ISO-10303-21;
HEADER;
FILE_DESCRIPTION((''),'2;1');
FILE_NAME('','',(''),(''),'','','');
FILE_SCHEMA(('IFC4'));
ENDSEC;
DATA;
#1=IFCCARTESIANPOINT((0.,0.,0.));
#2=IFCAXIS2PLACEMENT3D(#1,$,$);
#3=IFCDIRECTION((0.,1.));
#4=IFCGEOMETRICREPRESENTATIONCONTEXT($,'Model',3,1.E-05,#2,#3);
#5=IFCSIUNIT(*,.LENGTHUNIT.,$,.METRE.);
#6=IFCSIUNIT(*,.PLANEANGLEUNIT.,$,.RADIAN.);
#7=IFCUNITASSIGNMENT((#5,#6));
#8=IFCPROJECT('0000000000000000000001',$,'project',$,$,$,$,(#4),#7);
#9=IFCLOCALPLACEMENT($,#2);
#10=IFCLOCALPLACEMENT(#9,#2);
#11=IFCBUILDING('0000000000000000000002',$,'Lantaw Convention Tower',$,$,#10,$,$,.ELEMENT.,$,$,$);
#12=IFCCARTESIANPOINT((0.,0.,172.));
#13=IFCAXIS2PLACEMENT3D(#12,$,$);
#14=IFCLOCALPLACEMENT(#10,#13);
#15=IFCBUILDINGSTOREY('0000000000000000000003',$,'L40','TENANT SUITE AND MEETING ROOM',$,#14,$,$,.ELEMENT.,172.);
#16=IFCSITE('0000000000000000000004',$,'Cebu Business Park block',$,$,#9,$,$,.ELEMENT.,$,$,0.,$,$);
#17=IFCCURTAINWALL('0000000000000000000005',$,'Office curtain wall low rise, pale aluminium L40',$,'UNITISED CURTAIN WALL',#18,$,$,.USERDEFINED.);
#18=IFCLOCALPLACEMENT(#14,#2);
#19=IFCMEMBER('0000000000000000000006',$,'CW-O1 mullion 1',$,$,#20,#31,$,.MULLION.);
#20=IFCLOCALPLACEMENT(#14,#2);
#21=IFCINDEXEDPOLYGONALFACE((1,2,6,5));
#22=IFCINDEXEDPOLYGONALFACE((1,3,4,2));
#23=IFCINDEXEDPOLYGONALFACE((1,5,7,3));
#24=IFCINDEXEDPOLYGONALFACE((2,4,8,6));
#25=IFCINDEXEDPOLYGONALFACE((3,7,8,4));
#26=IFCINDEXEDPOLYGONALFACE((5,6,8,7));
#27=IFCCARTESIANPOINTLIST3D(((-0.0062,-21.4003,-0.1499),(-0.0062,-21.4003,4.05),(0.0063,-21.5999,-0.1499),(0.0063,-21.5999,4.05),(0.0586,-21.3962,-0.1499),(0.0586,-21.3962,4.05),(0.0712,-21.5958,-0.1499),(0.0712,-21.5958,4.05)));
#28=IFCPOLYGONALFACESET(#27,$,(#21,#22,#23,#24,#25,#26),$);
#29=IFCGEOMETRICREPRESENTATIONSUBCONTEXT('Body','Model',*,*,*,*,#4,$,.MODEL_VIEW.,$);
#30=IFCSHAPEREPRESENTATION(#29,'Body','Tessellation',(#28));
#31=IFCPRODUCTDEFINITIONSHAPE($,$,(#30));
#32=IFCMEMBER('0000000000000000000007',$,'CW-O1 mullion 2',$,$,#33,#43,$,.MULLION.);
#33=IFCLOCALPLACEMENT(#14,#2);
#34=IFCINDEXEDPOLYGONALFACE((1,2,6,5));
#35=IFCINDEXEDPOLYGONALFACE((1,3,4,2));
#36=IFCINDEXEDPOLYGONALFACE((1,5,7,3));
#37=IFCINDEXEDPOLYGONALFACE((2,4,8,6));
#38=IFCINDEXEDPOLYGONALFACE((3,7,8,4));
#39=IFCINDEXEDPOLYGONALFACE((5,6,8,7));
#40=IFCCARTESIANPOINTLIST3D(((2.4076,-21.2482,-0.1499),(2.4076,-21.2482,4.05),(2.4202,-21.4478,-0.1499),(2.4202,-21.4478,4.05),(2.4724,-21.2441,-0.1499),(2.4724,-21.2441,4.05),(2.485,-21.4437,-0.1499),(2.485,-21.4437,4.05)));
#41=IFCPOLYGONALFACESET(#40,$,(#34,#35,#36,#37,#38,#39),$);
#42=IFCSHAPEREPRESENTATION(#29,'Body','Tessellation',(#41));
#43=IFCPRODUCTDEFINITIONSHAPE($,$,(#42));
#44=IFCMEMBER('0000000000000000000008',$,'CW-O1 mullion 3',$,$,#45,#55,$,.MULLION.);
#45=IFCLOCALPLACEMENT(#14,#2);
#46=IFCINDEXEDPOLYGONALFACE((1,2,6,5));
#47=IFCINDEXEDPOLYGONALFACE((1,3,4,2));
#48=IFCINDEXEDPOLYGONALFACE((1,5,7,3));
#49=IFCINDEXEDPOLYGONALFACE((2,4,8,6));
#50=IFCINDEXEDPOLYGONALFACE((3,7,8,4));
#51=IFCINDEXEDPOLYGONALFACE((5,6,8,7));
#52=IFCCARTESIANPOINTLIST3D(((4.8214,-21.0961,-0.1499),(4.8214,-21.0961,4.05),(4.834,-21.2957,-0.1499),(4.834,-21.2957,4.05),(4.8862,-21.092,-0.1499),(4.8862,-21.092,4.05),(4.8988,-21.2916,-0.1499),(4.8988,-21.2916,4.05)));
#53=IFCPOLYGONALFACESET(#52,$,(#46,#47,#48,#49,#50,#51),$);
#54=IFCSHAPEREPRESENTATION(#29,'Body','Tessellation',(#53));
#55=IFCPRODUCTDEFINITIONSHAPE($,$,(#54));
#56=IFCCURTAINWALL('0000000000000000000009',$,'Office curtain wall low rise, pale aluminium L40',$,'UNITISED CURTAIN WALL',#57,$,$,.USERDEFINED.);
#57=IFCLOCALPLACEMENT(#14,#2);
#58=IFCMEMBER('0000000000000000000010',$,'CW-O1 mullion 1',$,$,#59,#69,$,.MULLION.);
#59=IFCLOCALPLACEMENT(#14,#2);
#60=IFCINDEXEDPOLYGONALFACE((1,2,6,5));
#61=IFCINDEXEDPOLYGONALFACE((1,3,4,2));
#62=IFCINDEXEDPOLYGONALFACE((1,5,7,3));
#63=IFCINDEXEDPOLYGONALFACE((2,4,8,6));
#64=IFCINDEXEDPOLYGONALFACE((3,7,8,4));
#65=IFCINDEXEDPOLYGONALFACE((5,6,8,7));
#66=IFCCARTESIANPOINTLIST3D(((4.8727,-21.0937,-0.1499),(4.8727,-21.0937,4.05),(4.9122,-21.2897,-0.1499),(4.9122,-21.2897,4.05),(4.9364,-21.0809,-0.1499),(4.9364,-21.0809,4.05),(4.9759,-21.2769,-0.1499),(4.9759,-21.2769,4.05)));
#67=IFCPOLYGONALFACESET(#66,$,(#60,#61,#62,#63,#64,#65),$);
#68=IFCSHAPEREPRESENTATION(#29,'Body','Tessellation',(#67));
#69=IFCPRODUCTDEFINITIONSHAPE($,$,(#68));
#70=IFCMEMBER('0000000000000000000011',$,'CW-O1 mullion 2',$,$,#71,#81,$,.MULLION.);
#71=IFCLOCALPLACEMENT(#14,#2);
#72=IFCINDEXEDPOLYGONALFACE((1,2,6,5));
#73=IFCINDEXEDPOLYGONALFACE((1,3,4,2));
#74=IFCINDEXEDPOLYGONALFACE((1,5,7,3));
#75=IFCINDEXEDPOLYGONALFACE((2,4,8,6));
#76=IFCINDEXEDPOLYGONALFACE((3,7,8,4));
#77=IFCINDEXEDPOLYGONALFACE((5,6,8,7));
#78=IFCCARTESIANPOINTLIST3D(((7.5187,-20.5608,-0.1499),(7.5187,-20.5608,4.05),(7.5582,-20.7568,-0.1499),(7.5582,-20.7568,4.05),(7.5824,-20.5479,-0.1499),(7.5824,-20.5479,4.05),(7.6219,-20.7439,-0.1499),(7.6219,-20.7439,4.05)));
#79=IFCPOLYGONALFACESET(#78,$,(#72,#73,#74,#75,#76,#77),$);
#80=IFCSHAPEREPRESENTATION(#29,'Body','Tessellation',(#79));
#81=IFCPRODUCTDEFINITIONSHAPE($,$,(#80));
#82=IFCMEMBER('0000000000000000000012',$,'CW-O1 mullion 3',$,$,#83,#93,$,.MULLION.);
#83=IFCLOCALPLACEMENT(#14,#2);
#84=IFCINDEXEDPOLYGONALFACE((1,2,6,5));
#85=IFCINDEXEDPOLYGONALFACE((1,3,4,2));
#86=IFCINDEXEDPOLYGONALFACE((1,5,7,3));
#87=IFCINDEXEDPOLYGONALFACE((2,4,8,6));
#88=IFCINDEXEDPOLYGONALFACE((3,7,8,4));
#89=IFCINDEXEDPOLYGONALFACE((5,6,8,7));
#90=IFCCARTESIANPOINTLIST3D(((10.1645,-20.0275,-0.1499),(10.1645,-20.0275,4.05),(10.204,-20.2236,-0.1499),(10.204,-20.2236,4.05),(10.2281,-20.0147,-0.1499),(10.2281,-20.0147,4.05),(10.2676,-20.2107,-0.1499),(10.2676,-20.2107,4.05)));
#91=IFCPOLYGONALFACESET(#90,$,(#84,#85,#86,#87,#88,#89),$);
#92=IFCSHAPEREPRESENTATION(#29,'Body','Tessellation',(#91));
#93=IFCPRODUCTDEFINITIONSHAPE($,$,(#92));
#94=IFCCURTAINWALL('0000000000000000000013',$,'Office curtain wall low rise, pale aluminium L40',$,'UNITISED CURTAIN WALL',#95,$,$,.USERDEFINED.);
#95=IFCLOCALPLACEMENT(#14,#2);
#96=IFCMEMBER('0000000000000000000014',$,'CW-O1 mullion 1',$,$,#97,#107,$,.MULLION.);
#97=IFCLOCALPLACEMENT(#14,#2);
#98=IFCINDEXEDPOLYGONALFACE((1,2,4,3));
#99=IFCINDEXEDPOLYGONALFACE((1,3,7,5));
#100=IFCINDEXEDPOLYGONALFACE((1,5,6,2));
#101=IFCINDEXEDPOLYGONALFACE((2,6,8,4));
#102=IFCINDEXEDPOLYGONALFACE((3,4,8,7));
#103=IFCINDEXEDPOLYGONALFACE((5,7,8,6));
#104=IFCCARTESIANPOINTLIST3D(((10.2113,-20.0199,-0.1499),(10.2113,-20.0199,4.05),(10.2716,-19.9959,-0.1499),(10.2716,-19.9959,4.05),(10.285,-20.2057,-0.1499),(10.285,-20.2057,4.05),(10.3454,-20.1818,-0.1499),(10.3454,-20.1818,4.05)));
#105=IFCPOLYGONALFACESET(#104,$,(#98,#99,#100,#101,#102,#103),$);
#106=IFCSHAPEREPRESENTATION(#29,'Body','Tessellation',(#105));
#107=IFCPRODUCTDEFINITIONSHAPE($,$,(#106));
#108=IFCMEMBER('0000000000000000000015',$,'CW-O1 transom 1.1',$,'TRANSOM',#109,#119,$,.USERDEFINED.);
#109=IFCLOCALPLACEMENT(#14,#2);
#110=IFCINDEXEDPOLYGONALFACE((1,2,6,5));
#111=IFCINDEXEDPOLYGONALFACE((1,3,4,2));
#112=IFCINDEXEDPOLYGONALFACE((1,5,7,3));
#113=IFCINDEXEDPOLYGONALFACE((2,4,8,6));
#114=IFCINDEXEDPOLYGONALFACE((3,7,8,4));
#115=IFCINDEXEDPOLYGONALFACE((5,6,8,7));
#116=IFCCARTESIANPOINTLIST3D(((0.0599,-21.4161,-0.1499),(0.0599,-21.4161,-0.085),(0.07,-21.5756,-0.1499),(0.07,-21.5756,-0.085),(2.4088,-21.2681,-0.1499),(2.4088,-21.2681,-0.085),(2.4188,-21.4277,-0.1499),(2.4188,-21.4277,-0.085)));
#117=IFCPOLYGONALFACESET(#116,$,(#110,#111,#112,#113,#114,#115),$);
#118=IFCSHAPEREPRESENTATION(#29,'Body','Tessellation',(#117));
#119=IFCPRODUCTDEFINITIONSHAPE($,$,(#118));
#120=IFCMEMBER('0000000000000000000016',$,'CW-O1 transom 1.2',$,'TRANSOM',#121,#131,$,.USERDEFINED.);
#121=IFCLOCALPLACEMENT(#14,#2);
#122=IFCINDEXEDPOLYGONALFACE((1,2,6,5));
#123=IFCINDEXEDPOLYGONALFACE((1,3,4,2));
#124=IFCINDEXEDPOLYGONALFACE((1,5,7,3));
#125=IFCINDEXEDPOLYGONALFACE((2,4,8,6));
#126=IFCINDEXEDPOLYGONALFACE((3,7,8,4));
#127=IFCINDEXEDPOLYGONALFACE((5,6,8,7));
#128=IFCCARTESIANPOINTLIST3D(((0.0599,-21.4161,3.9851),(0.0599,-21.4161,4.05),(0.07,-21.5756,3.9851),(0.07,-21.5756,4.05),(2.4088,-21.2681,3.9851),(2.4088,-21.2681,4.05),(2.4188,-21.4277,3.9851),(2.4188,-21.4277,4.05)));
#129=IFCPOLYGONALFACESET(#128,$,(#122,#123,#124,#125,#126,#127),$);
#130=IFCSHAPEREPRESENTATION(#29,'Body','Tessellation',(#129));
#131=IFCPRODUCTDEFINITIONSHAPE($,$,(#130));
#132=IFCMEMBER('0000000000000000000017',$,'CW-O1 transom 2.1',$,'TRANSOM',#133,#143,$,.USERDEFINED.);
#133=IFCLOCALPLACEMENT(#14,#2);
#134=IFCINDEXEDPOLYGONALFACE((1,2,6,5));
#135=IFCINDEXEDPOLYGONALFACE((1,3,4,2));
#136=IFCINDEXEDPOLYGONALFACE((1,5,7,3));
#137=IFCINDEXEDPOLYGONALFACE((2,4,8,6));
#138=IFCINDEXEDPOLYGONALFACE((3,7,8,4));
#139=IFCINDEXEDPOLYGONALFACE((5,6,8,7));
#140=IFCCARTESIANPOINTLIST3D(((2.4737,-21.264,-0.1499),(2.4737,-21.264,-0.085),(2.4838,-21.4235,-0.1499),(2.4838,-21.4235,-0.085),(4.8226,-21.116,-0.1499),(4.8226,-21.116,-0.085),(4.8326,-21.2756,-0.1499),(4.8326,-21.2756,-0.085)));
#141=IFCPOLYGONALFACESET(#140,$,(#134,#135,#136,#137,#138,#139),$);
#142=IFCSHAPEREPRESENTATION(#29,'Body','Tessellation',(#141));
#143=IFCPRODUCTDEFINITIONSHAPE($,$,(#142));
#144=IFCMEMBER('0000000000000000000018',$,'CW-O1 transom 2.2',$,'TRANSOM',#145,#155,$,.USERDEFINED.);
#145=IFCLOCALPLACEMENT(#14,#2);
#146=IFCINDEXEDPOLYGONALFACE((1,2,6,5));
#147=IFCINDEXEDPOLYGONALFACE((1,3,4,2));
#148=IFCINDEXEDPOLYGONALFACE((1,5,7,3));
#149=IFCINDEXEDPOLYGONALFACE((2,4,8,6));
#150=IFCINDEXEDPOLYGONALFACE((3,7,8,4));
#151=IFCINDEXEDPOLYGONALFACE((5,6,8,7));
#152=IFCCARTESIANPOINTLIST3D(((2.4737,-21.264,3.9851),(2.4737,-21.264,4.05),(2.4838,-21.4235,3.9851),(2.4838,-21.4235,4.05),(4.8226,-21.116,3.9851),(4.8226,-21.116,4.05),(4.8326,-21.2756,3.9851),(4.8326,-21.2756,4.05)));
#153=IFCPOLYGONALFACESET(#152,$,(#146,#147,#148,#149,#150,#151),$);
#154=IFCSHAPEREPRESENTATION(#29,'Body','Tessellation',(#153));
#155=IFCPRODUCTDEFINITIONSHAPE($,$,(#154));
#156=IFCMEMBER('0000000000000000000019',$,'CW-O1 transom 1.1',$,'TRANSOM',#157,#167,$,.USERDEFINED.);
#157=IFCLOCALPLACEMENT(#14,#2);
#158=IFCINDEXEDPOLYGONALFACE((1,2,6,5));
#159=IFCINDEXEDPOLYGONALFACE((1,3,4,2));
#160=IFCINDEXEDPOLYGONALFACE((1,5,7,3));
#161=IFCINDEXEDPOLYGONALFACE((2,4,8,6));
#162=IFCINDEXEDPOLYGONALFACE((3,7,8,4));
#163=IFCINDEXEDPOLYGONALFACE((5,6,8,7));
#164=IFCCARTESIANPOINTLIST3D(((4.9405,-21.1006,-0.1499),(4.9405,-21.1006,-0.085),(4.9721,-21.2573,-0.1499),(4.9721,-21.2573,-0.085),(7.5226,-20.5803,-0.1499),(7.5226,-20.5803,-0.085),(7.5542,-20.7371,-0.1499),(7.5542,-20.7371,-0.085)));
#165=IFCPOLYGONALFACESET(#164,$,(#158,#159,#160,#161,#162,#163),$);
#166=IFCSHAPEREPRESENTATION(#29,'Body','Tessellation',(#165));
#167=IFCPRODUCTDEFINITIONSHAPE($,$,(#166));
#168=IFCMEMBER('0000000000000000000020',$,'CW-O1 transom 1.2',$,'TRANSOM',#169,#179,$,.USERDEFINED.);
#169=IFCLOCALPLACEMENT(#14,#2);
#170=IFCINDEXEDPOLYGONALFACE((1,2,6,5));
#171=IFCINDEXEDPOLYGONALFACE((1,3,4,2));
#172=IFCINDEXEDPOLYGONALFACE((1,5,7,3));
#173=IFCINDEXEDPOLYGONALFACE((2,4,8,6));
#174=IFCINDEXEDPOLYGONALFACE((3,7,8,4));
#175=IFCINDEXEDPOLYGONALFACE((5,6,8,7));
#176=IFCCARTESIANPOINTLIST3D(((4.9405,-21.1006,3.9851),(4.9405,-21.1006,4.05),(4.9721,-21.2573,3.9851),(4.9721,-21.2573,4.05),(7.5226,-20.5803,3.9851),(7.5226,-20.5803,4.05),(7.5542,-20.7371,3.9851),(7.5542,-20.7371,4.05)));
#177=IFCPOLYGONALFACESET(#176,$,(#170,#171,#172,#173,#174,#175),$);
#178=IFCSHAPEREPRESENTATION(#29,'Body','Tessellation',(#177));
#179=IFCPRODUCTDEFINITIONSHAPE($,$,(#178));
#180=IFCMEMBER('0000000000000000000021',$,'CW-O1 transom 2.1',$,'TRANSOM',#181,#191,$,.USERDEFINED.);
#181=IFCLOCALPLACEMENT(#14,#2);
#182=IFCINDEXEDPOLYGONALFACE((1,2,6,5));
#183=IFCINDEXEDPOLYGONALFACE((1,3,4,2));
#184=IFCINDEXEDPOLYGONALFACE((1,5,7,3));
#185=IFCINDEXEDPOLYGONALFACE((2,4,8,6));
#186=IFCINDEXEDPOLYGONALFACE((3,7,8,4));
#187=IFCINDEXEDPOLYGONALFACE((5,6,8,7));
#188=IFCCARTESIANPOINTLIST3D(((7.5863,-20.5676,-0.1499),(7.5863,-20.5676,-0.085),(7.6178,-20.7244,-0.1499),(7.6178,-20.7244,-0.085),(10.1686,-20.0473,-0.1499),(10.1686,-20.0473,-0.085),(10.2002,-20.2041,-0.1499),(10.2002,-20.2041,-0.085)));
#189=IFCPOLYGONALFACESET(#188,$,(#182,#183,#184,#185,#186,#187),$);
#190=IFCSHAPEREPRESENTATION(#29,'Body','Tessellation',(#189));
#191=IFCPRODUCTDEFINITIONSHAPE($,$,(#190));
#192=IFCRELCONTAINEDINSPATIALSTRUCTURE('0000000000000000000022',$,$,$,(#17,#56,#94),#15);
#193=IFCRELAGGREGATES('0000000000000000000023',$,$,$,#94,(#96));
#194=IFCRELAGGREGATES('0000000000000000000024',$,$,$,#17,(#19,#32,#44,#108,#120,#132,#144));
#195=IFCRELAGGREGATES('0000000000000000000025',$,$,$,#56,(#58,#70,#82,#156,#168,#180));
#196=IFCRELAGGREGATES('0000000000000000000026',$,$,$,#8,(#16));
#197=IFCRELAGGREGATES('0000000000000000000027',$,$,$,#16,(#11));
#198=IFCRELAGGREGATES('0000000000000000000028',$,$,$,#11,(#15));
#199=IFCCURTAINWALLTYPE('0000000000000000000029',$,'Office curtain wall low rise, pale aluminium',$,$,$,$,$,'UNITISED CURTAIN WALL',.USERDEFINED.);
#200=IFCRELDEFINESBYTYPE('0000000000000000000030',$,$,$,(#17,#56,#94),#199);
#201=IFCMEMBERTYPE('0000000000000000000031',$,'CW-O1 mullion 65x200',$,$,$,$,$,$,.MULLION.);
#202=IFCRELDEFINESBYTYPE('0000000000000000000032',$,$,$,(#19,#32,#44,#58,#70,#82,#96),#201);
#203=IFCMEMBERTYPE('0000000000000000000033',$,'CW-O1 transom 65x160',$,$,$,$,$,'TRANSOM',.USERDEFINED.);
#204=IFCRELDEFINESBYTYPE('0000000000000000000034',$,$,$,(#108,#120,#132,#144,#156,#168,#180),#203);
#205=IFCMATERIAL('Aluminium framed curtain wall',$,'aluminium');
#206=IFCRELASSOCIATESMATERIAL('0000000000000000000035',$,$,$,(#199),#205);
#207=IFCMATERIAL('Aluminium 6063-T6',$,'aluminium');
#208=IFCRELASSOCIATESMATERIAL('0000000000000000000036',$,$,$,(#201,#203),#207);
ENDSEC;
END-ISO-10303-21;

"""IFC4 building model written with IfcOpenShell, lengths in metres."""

from ifc_helpers import new_model, si_unit, direction, frame, origin, origin_2d, place, context, subcontext, project, spatial, rectangle, extrude, material, material_profile, profile_set, type_object, element, aggregate, save


model = new_model("IFC4")

# Units and contexts
model_context = context("Model", 3, precision=1e-05, world=origin(), true_north=direction((0.0, 1.0)))
body_context = subcontext(model_context, "Body", "Model", "MODEL_VIEW")
ifc_project = project(units=[si_unit("LENGTHUNIT", "METRE"), si_unit("PLANEANGLEUNIT", "RADIAN")], contexts=[model_context])

# Site, building, storey
site_placement = place(None, origin())
site = spatial("IfcSite", under=ifc_project, at=site_placement, Name="Cebu Business Park block", CompositionType="ELEMENT", RefElevation=0.0)
building_placement = place(site_placement, origin())
building = spatial("IfcBuilding", under=site, at=building_placement, Name="Lantaw Convention Tower", CompositionType="ELEMENT")
storey_placement = place(building_placement, frame((0.0, 0.0, 172.0)))
storey = spatial("IfcBuildingStorey", under=building, at=storey_placement, Name="L40", Description="TENANT SUITE AND MEETING ROOM", CompositionType="ELEMENT", Elevation=172.0)

# Curtain walls, members
ifc_material_1 = material(Name="Aluminium framed curtain wall", Category="aluminium")
curtain_wall_type = type_object("IfcCurtainWallType", Name="Office curtain wall low rise, pale aluminium", ElementType="UNITISED CURTAIN WALL", PredefinedType="USERDEFINED", material=ifc_material_1)
curtain_wall_1_placement = place(storey_placement, origin())
curtain_wall_1 = element("IfcCurtainWall", 1, at=curtain_wall_1_placement, inside=storey, type_object=curtain_wall_type, Name="Office curtain wall low rise, pale aluminium L40", ObjectType="UNITISED CURTAIN WALL", PredefinedType="USERDEFINED")
ifc_material_2 = material(Name="Aluminium 6063-T6", Category="aluminium")
ifc_material_profile_1 = material_profile(ifc_material_2, rectangle(XDim=0.2, YDim=0.0649, at=origin_2d()), Name="CW-O1 mullion 65x200")
ifc_profile_set_1 = profile_set([ifc_material_profile_1], Name="Aluminium 6063-T6")
member_type_1 = type_object("IfcMemberType", Name="CW-O1 mullion 65x200", PredefinedType="MULLION", material=ifc_profile_set_1)
member_1_placement = place(storey_placement, frame((0.0325, -21.498, -0.1499), z_axis=(0.0, 0.0, 1.0), x_axis=(-0.062865, 0.998022, 0.0)))
member_1 = element("IfcMember", 2, at=member_1_placement, type_object=member_type_1, Name="CW-O1 mullion 1", PredefinedType="MULLION", context=body_context, shape_type="SweptSolid", body=[
    extrude(rectangle(XDim=0.2, YDim=0.0649, at=origin_2d()), origin(), (0.0, 0.0, 1.0), 4.2),
])
member_2_placement = place(storey_placement, frame((2.4463, -21.3459, -0.1499), z_axis=(0.0, 0.0, 1.0), x_axis=(-0.062865, 0.998022, 0.0)))
member_2 = element("IfcMember", 3, at=member_2_placement, type_object=member_type_1, Name="CW-O1 mullion 2", PredefinedType="MULLION", context=body_context, shape_type="SweptSolid", body=[
    extrude(rectangle(XDim=0.2, YDim=0.0649, at=origin_2d()), origin(), (0.0, 0.0, 1.0), 4.2),
])
member_3_placement = place(storey_placement, frame((4.8601, -21.1938, -0.1499), z_axis=(0.0, 0.0, 1.0), x_axis=(-0.062865, 0.998022, 0.0)))
member_3 = element("IfcMember", 4, at=member_3_placement, type_object=member_type_1, Name="CW-O1 mullion 3", PredefinedType="MULLION", context=body_context, shape_type="SweptSolid", body=[
    extrude(rectangle(XDim=0.2, YDim=0.0649, at=origin_2d()), origin(), (0.0, 0.0, 1.0), 4.2),
])
curtain_wall_2_placement = place(storey_placement, origin())
curtain_wall_2 = element("IfcCurtainWall", 5, at=curtain_wall_2_placement, inside=storey, type_object=curtain_wall_type, Name="Office curtain wall low rise, pale aluminium L40", ObjectType="UNITISED CURTAIN WALL", PredefinedType="USERDEFINED")
member_4_placement = place(storey_placement, frame((4.9243, -21.1853, -0.1499), z_axis=(0.0, 0.0, 1.0), x_axis=(-0.197507, 0.980302, 0.0)))
member_4 = element("IfcMember", 6, at=member_4_placement, type_object=member_type_1, Name="CW-O1 mullion 1", PredefinedType="MULLION", context=body_context, shape_type="SweptSolid", body=[
    extrude(rectangle(XDim=0.2, YDim=0.0649, at=origin_2d()), origin(), (0.0, 0.0, 1.0), 4.2),
])
member_5_placement = place(storey_placement, frame((7.5703, -20.6523, -0.1499), z_axis=(0.0, 0.0, 1.0), x_axis=(-0.197507, 0.980302, 0.0)))
member_5 = element("IfcMember", 7, at=member_5_placement, type_object=member_type_1, Name="CW-O1 mullion 2", PredefinedType="MULLION", context=body_context, shape_type="SweptSolid", body=[
    extrude(rectangle(XDim=0.2, YDim=0.0649, at=origin_2d()), origin(), (0.0, 0.0, 1.0), 4.2),
])
member_6_placement = place(storey_placement, frame((10.2161, -20.1191, -0.1499), z_axis=(0.0, 0.0, 1.0), x_axis=(-0.197507, 0.980302, 0.0)))
member_6 = element("IfcMember", 8, at=member_6_placement, type_object=member_type_1, Name="CW-O1 mullion 3", PredefinedType="MULLION", context=body_context, shape_type="SweptSolid", body=[
    extrude(rectangle(XDim=0.2, YDim=0.0649, at=origin_2d()), origin(), (0.0, 0.0, 1.0), 4.2),
])

# Curtain wall, member
curtain_wall_3_placement = place(storey_placement, origin())
curtain_wall_3 = element("IfcCurtainWall", 9, at=curtain_wall_3_placement, inside=storey, type_object=curtain_wall_type, Name="Office curtain wall low rise, pale aluminium L40", ObjectType="UNITISED CURTAIN WALL", PredefinedType="USERDEFINED")
member_7_placement = place(storey_placement, frame((10.2783, -20.1008, -0.1499), z_axis=(0.0, 0.0, 1.0), x_axis=(-0.368702, 0.929548, 0.0)))
member_7 = element("IfcMember", 10, at=member_7_placement, type_object=member_type_1, Name="CW-O1 mullion 1", PredefinedType="MULLION", context=body_context, shape_type="SweptSolid", body=[
    extrude(rectangle(XDim=0.2, YDim=0.0649, at=origin_2d()), origin(), (0.0, 0.0, 1.0), 4.2),
])

# Members
ifc_material_profile_2 = material_profile(ifc_material_2, rectangle(XDim=0.1599, YDim=0.0649, at=origin_2d()), Name="CW-O1 transom 65x160")
ifc_profile_set_2 = profile_set([ifc_material_profile_2], Name="Aluminium 6063-T6")
member_type_2 = type_object("IfcMemberType", Name="CW-O1 transom 65x160", ElementType="TRANSOM", PredefinedType="USERDEFINED", material=ifc_profile_set_2)
member_8_placement = place(storey_placement, frame((0.0649, -21.4958, -0.1174), z_axis=(0.998022, 0.062863, 0.0), x_axis=(-0.062863, 0.998022, 0.0)))
member_8 = element("IfcMember", 11, at=member_8_placement, type_object=member_type_2, Name="CW-O1 transom 1.1", ObjectType="TRANSOM", PredefinedType="USERDEFINED", context=body_context, shape_type="SweptSolid", body=[
    extrude(rectangle(XDim=0.1599, YDim=0.0649, at=origin_2d()), origin(), (0.0, 0.0, 1.0), 2.3535),
])
member_9_placement = place(storey_placement, frame((0.0649, -21.4958, 4.0176), z_axis=(0.998022, 0.062863, 0.0), x_axis=(-0.062863, 0.998022, 0.0)))
member_9 = element("IfcMember", 12, at=member_9_placement, type_object=member_type_2, Name="CW-O1 transom 1.2", ObjectType="TRANSOM", PredefinedType="USERDEFINED", context=body_context, shape_type="SweptSolid", body=[
    extrude(rectangle(XDim=0.1599, YDim=0.0649, at=origin_2d()), origin(), (0.0, 0.0, 1.0), 2.3535),
])
member_10_placement = place(storey_placement, frame((2.4788, -21.3438, -0.1174), z_axis=(0.998022, 0.062863, 0.0), x_axis=(-0.062863, 0.998022, 0.0)))
member_10 = element("IfcMember", 13, at=member_10_placement, type_object=member_type_2, Name="CW-O1 transom 2.1", ObjectType="TRANSOM", PredefinedType="USERDEFINED", context=body_context, shape_type="SweptSolid", body=[
    extrude(rectangle(XDim=0.1599, YDim=0.0649, at=origin_2d()), origin(), (0.0, 0.0, 1.0), 2.3535),
])
member_11_placement = place(storey_placement, frame((2.4788, -21.3438, 4.0176), z_axis=(0.998022, 0.062863, 0.0), x_axis=(-0.062863, 0.998022, 0.0)))
member_11 = element("IfcMember", 14, at=member_11_placement, type_object=member_type_2, Name="CW-O1 transom 2.2", ObjectType="TRANSOM", PredefinedType="USERDEFINED", context=body_context, shape_type="SweptSolid", body=[
    extrude(rectangle(XDim=0.1599, YDim=0.0649, at=origin_2d()), origin(), (0.0, 0.0, 1.0), 2.3535),
])
member_12_placement = place(storey_placement, frame((4.9563, -21.179, -0.1174), z_axis=(0.980298, 0.197524, 0.0), x_axis=(-0.197524, 0.980298, 0.0)))
member_12 = element("IfcMember", 15, at=member_12_placement, type_object=member_type_2, Name="CW-O1 transom 1.1", ObjectType="TRANSOM", PredefinedType="USERDEFINED", context=body_context, shape_type="SweptSolid", body=[
    extrude(rectangle(XDim=0.1599, YDim=0.0649, at=origin_2d()), origin(), (0.0, 0.0, 1.0), 2.634),
])
member_13_placement = place(storey_placement, frame((4.9563, -21.179, 4.0176), z_axis=(0.980298, 0.197524, 0.0), x_axis=(-0.197524, 0.980298, 0.0)))
member_13 = element("IfcMember", 16, at=member_13_placement, type_object=member_type_2, Name="CW-O1 transom 1.2", ObjectType="TRANSOM", PredefinedType="USERDEFINED", context=body_context, shape_type="SweptSolid", body=[
    extrude(rectangle(XDim=0.1599, YDim=0.0649, at=origin_2d()), origin(), (0.0, 0.0, 1.0), 2.634),
])
member_14_placement = place(storey_placement, frame((7.6021, -20.646, -0.1174), z_axis=(0.980302, 0.197506, 0.0), x_axis=(-0.197506, 0.980302, 0.0)))
member_14 = element("IfcMember", 17, at=member_14_placement, type_object=member_type_2, Name="CW-O1 transom 2.1", ObjectType="TRANSOM", PredefinedType="USERDEFINED", context=body_context, shape_type="SweptSolid", body=[
    extrude(rectangle(XDim=0.1599, YDim=0.0649, at=origin_2d()), origin(), (0.0, 0.0, 1.0), 2.6343),
])
aggregate(curtain_wall_3, [member_7])

aggregate(curtain_wall_1, [member_1, member_2, member_3, member_8, member_9, member_10, member_11])
aggregate(curtain_wall_2, [member_4, member_5, member_6, member_12, member_13, member_14])

save(model, "model.ifc")
